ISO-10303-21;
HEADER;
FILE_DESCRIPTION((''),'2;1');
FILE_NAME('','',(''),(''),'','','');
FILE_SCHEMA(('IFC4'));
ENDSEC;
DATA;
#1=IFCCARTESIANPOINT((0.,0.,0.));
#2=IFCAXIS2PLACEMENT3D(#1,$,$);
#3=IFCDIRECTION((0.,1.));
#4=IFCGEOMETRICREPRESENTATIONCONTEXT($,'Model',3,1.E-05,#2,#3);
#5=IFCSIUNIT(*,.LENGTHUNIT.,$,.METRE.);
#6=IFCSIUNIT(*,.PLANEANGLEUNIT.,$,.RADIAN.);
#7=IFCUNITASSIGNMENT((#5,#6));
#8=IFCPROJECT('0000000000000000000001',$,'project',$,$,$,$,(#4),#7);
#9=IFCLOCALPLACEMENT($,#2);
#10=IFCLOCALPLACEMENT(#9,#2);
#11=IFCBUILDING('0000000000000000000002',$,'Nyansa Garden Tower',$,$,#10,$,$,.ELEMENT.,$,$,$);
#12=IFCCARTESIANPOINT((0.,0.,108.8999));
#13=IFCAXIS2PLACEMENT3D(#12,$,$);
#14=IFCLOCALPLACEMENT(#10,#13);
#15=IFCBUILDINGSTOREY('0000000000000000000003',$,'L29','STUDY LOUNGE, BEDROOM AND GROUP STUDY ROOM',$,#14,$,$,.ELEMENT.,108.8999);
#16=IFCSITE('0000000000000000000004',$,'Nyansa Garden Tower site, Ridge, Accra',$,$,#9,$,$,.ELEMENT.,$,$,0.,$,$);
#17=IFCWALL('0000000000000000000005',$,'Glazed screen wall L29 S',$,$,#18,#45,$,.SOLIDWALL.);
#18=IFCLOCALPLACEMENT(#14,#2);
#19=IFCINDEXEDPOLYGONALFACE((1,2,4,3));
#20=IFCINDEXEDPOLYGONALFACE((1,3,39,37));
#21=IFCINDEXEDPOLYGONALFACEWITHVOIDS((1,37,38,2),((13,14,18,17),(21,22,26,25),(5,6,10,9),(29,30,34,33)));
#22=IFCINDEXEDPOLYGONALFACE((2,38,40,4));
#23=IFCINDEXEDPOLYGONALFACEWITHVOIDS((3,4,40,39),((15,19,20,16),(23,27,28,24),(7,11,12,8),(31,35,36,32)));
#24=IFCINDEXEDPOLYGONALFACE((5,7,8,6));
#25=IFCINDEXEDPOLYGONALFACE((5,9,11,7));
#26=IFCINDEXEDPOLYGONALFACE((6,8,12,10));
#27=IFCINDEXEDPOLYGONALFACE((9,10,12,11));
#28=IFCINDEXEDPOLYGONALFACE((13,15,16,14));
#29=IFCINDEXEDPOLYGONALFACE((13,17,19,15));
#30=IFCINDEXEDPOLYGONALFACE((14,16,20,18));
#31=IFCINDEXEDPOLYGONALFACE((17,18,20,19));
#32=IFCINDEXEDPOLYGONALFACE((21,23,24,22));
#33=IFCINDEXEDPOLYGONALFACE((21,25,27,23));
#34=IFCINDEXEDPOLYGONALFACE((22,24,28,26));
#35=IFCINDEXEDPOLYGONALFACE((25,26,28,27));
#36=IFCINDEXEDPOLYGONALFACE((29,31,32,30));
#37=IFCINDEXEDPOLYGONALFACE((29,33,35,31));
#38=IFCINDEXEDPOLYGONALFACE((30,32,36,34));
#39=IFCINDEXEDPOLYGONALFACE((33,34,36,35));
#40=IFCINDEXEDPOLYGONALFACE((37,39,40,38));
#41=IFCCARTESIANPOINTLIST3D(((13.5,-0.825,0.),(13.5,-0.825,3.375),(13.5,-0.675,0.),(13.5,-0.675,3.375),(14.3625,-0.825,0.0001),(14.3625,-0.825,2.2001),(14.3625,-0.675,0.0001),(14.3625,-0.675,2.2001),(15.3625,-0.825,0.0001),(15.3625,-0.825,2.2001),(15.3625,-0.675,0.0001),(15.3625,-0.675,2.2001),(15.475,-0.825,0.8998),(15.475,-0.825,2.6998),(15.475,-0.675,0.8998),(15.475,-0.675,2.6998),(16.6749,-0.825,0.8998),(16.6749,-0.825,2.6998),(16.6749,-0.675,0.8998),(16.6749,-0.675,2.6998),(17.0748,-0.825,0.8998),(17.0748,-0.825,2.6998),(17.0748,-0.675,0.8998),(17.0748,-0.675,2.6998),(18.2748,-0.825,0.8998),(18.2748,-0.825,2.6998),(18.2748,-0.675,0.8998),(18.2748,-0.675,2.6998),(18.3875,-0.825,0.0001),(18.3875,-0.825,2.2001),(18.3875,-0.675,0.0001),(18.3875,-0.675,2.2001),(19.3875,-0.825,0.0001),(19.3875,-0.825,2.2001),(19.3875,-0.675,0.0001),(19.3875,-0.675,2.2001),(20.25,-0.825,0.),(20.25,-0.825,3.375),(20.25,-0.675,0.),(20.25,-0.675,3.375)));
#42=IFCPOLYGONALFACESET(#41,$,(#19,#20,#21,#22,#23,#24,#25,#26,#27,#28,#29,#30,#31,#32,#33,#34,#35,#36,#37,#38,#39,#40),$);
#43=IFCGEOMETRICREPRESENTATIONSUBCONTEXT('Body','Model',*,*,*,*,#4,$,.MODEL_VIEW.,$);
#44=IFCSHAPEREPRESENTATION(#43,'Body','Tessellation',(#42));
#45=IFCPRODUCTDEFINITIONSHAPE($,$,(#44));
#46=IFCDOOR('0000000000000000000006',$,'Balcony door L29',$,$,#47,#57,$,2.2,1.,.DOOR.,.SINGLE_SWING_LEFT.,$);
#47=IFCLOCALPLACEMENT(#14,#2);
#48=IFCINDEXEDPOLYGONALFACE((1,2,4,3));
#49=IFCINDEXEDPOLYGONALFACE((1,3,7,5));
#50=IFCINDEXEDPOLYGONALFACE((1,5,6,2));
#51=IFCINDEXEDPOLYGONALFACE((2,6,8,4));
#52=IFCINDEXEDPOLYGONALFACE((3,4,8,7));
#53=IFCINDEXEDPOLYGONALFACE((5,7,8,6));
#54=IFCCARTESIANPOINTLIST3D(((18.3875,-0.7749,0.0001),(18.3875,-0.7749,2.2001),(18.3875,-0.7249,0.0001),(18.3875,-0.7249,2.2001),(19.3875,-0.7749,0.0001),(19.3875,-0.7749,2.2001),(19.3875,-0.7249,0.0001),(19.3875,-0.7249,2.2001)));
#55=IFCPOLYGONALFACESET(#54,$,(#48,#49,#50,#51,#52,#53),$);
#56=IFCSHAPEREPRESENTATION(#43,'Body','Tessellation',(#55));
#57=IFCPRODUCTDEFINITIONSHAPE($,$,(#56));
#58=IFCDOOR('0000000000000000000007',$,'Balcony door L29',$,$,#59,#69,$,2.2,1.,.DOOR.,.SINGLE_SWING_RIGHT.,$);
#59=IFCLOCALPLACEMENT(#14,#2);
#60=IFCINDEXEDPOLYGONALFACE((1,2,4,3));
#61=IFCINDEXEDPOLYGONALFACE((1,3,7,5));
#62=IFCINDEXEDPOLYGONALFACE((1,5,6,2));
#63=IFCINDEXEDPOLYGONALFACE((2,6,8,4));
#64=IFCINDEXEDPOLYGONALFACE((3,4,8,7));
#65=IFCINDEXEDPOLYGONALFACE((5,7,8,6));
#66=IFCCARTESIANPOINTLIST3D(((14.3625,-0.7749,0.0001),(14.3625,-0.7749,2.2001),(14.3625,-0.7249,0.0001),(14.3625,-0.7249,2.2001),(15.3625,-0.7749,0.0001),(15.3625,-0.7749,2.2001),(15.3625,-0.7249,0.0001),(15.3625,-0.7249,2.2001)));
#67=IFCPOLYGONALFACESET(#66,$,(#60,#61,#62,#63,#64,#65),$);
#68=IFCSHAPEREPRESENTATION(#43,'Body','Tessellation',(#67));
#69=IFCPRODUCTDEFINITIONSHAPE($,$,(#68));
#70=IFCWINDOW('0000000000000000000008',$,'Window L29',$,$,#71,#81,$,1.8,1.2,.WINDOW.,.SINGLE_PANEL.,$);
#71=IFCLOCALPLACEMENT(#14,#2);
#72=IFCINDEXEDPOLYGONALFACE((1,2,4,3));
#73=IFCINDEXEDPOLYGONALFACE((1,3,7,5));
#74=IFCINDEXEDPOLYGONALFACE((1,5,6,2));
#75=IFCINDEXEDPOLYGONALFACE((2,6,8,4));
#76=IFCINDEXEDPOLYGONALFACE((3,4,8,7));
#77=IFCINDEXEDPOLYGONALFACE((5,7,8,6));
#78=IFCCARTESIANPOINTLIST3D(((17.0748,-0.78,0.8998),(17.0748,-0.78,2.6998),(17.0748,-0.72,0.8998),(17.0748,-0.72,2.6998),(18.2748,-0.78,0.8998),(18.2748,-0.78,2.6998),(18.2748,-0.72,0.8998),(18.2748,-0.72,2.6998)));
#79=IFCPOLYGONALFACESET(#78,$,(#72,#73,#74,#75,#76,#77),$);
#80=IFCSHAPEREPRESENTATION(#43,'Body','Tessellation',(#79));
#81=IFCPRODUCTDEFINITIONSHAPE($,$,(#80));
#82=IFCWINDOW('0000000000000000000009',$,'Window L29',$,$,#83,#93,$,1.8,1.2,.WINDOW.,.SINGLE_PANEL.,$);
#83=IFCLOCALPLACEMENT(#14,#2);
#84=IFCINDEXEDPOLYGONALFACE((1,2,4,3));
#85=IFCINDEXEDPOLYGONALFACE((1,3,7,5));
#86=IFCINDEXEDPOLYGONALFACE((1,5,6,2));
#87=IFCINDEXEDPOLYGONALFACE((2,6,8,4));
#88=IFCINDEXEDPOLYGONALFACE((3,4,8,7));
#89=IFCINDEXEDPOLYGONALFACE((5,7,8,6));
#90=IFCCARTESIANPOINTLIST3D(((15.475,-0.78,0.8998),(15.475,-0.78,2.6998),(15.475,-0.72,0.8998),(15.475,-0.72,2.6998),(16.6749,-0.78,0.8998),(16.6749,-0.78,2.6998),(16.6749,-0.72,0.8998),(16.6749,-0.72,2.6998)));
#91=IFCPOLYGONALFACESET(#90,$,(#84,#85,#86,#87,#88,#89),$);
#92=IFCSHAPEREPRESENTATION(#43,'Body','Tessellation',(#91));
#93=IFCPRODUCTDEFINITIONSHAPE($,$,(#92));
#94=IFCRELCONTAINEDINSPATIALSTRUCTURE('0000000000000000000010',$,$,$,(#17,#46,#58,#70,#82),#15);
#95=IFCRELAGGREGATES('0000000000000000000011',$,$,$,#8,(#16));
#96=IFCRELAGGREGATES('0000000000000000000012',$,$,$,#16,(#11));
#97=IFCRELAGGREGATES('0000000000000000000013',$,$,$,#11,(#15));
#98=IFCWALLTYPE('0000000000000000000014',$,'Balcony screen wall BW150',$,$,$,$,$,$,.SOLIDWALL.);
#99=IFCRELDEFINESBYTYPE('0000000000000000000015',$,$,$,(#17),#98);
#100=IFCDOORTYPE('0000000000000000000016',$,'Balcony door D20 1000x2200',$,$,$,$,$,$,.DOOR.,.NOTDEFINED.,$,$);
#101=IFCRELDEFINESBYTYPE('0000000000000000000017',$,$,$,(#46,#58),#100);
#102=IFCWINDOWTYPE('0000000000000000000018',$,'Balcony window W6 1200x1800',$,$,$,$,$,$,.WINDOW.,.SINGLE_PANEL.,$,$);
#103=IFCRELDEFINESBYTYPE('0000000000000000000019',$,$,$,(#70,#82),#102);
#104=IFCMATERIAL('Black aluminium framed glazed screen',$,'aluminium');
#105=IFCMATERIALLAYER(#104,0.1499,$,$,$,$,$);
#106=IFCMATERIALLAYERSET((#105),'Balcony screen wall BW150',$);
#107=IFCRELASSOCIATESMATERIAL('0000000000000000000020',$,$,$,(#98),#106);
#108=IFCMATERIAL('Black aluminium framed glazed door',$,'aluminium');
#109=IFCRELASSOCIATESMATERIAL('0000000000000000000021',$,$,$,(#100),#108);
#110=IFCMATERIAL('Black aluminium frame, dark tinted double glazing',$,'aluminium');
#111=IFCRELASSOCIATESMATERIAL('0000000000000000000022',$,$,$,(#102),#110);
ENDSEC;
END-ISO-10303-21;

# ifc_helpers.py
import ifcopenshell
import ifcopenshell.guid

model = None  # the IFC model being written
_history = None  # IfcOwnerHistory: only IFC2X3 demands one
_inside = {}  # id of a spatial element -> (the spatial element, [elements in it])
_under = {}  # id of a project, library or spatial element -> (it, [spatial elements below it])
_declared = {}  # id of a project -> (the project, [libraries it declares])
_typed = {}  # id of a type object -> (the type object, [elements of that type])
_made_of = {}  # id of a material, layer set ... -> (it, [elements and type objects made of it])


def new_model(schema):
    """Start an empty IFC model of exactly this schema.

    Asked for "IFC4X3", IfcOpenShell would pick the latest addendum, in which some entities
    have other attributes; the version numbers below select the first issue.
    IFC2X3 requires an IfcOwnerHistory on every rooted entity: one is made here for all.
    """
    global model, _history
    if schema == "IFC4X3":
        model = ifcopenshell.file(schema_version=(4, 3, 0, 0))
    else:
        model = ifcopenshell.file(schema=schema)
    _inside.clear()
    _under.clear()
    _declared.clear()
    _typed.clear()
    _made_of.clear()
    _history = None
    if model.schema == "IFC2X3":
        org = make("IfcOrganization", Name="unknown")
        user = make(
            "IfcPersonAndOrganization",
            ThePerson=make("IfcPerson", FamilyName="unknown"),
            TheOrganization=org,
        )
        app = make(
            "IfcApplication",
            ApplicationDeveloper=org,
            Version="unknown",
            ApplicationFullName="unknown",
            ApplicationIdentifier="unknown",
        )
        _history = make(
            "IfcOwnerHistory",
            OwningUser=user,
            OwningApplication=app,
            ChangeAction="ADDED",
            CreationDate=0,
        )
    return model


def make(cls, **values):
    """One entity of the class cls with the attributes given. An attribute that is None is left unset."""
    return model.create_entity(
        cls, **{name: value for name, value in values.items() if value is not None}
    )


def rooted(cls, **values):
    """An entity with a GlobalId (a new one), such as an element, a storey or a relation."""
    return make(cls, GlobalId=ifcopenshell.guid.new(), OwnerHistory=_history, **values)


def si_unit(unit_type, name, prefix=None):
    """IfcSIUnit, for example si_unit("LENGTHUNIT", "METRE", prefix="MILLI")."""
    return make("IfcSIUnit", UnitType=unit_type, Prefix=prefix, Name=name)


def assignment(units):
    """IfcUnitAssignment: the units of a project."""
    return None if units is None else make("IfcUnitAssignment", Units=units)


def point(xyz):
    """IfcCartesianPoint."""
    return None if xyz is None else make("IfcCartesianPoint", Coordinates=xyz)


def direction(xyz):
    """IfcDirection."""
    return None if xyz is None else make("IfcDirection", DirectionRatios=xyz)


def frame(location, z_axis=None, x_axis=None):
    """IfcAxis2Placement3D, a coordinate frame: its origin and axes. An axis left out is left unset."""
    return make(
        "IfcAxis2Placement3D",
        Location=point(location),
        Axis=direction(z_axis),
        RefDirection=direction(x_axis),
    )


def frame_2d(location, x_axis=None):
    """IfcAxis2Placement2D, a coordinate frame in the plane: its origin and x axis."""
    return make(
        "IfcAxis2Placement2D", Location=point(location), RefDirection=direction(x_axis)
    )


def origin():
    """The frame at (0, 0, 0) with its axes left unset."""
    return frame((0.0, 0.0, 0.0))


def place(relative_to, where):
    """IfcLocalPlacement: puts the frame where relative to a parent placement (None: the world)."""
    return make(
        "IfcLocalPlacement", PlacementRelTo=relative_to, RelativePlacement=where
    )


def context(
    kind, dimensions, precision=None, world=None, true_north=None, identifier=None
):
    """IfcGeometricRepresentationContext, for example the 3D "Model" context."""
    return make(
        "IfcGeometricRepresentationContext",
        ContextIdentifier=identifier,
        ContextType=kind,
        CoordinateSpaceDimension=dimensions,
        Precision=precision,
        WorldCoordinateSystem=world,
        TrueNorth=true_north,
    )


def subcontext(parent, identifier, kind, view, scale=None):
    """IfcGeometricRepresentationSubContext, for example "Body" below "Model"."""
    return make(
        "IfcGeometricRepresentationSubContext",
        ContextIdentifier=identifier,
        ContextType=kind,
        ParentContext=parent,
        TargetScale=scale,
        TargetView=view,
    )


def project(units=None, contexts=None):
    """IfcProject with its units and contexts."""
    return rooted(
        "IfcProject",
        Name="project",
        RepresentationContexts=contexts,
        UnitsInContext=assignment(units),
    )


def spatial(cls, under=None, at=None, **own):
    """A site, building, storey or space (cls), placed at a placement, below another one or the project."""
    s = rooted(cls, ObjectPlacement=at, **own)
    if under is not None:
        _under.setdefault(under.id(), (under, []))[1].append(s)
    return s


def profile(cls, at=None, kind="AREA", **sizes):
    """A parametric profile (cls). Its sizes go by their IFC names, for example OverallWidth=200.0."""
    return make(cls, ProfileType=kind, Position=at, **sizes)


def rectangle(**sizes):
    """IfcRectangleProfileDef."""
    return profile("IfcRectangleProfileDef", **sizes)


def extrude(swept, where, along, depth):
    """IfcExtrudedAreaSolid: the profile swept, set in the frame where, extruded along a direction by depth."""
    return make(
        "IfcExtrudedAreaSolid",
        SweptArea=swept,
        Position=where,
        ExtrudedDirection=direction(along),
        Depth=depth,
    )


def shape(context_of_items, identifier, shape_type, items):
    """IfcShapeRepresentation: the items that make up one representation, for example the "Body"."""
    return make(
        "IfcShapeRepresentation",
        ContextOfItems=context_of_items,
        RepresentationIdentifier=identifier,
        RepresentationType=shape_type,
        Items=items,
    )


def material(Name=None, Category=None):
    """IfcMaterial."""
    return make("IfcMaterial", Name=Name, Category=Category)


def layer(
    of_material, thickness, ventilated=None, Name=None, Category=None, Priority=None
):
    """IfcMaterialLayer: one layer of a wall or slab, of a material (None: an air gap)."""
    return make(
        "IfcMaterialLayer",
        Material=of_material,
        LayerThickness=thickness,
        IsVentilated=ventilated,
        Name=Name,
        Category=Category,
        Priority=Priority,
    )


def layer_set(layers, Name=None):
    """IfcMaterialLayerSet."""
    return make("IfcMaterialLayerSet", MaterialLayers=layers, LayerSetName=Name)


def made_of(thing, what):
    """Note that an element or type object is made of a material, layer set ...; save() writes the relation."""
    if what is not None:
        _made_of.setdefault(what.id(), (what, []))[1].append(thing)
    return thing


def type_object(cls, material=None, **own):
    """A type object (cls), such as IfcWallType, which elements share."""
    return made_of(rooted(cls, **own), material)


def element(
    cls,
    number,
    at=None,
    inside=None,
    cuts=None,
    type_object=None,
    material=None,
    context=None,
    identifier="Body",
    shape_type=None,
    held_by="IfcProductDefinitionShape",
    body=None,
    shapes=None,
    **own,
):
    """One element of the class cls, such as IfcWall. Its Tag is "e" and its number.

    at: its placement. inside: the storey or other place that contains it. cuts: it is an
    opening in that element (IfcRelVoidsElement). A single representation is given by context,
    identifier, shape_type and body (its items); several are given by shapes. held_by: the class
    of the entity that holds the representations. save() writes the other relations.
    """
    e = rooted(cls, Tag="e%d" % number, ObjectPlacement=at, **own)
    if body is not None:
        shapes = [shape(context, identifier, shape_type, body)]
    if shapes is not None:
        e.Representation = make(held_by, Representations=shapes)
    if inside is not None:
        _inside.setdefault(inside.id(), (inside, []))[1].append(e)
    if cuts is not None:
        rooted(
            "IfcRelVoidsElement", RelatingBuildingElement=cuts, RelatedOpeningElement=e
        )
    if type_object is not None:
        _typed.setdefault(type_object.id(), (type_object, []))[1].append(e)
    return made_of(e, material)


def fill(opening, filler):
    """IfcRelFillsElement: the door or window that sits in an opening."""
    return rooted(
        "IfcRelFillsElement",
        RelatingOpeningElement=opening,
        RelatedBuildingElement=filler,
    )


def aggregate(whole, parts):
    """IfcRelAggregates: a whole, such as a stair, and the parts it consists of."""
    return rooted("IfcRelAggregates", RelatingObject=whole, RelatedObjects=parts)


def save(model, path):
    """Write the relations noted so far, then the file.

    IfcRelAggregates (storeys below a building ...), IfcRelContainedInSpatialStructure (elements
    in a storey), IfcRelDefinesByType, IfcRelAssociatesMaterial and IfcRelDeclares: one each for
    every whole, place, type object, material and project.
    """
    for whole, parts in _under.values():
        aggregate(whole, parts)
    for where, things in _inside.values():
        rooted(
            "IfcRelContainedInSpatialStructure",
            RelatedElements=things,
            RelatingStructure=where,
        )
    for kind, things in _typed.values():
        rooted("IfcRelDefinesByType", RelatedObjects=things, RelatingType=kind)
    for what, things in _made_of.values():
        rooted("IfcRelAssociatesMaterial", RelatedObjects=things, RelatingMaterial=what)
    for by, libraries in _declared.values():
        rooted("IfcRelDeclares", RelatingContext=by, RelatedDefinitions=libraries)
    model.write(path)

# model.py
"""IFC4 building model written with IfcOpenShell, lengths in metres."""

from ifc_helpers import new_model, si_unit, direction, frame, frame_2d, origin, place, context, subcontext, project, spatial, rectangle, extrude, material, layer, layer_set, type_object, element, fill, save


model = new_model("IFC4")

# Units and contexts
model_context = context("Model", 3, precision=1e-05, world=origin(), true_north=direction((0.0, 1.0)))
body_context = subcontext(model_context, "Body", "Model", "MODEL_VIEW")
ifc_project = project(units=[si_unit("LENGTHUNIT", "METRE"), si_unit("PLANEANGLEUNIT", "RADIAN")], contexts=[model_context])

# Site, building, storey
site_placement = place(None, origin())
site = spatial("IfcSite", under=ifc_project, at=site_placement, Name="Nyansa Garden Tower site, Ridge, Accra", CompositionType="ELEMENT", RefElevation=0.0)
building_placement = place(site_placement, origin())
building = spatial("IfcBuilding", under=site, at=building_placement, Name="Nyansa Garden Tower", CompositionType="ELEMENT")
storey_placement = place(building_placement, frame((0.0, 0.0, 108.8999)))
storey = spatial("IfcBuildingStorey", under=building, at=storey_placement, Name="L29", Description="STUDY LOUNGE, BEDROOM AND GROUP STUDY ROOM", CompositionType="ELEMENT", Elevation=108.8999)

# Wall, openings, doors, windows
ifc_material_1 = material(Name="Black aluminium framed glazed screen", Category="aluminium")
ifc_layer_1 = layer(ifc_material_1, 0.1499)
ifc_layer_set_1 = layer_set([ifc_layer_1], Name="Balcony screen wall BW150")
wall_type_1 = type_object("IfcWallType", Name="Balcony screen wall BW150", PredefinedType="SOLIDWALL", material=ifc_layer_set_1)
wall_1_placement = place(storey_placement, frame((20.25, -0.75, 0.0), z_axis=(0.0, 0.0, 1.0), x_axis=(-1.0, 0.0, 0.0)))
wall_1 = element("IfcWall", 1, at=wall_1_placement, inside=storey, type_object=wall_type_1, Name="Glazed screen wall L29 S", PredefinedType="SOLIDWALL", context=body_context, shape_type="SweptSolid", body=[
    extrude(rectangle(XDim=6.75, YDim=0.1499, at=frame_2d((3.375, 0.0))), origin(), (0.0, 0.0, 1.0), 3.375),
])
opening_1_placement = place(wall_1_placement, frame((0.8625, 0.0, 0.0)))
opening_1 = element("IfcOpeningElement", 2, at=opening_1_placement, cuts=wall_1, PredefinedType="OPENING", context=body_context, shape_type="SweptSolid", body=[
    extrude(rectangle(XDim=1.0, YDim=2.2, at=frame_2d((0.5, 1.1001))), frame((0.0, 0.085, 0.0), z_axis=(0.0, -1.0, 0.0), x_axis=(1.0, 0.0, 0.0)), (0.0, 0.0, 1.0), 0.1699),
])
opening_2_placement = place(wall_1_placement, frame((1.9751, 0.0, 0.8999)))
opening_2 = element("IfcOpeningElement", 3, at=opening_2_placement, cuts=wall_1, PredefinedType="OPENING", context=body_context, shape_type="SweptSolid", body=[
    extrude(rectangle(XDim=1.2, YDim=1.8, at=frame_2d((0.6001, 0.8999))), frame((0.0, 0.085, 0.0), z_axis=(0.0, -1.0, 0.0), x_axis=(1.0, 0.0, 0.0)), (0.0, 0.0, 1.0), 0.1699),
])
opening_3_placement = place(wall_1_placement, frame((4.8875, 0.0, 0.0)))
opening_3 = element("IfcOpeningElement", 4, at=opening_3_placement, cuts=wall_1, PredefinedType="OPENING", context=body_context, shape_type="SweptSolid", body=[
    extrude(rectangle(XDim=1.0, YDim=2.2, at=frame_2d((0.5, 1.1001))), frame((0.0, 0.085, 0.0), z_axis=(0.0, -1.0, 0.0), x_axis=(1.0, 0.0, 0.0)), (0.0, 0.0, 1.0), 0.1699),
])
opening_4_placement = place(wall_1_placement, frame((3.575, 0.0, 0.8999)))
opening_4 = element("IfcOpeningElement", 5, at=opening_4_placement, cuts=wall_1, PredefinedType="OPENING", context=body_context, shape_type="SweptSolid", body=[
    extrude(rectangle(XDim=1.2, YDim=1.8, at=frame_2d((0.6001, 0.8999))), frame((0.0, 0.085, 0.0), z_axis=(0.0, -1.0, 0.0), x_axis=(1.0, 0.0, 0.0)), (0.0, 0.0, 1.0), 0.1699),
])
ifc_material_2 = material(Name="Black aluminium framed glazed door", Category="aluminium")
door_type_1 = type_object("IfcDoorType", Name="Balcony door D20 1000x2200", OperationType="NOTDEFINED", PredefinedType="DOOR", material=ifc_material_2)
door_1_placement = place(opening_1_placement, origin())
door_1 = element("IfcDoor", 6, at=door_1_placement, inside=storey, type_object=door_type_1, Name="Balcony door L29", OperationType="SINGLE_SWING_LEFT", OverallHeight=2.2, OverallWidth=1.0, PredefinedType="DOOR", context=body_context, shape_type="SweptSolid", body=[
    extrude(rectangle(XDim=1.0, YDim=2.2, at=frame_2d((0.5, 1.1001))), frame((0.0, 0.0249, 0.0), z_axis=(0.0, -1.0, 0.0), x_axis=(1.0, 0.0, 0.0)), (0.0, 0.0, 1.0), 0.05),
])
fill(opening_1, door_1)
door_2_placement = place(opening_3_placement, origin())
door_2 = element("IfcDoor", 7, at=door_2_placement, inside=storey, type_object=door_type_1, Name="Balcony door L29", OperationType="SINGLE_SWING_RIGHT", OverallHeight=2.2, OverallWidth=1.0, PredefinedType="DOOR", context=body_context, shape_type="SweptSolid", body=[
    extrude(rectangle(XDim=1.0, YDim=2.2, at=frame_2d((0.5, 1.1001))), frame((0.0, 0.0249, 0.0), z_axis=(0.0, -1.0, 0.0), x_axis=(1.0, 0.0, 0.0)), (0.0, 0.0, 1.0), 0.05),
])
fill(opening_3, door_2)
ifc_material_3 = material(Name="Black aluminium frame, dark tinted double glazing", Category="aluminium")
window_type = type_object("IfcWindowType", Name="Balcony window W6 1200x1800", PartitioningType="SINGLE_PANEL", PredefinedType="WINDOW", material=ifc_material_3)
window_1_placement = place(opening_2_placement, origin())
window_1 = element("IfcWindow", 8, at=window_1_placement, inside=storey, type_object=window_type, Name="Window L29", OverallHeight=1.8, OverallWidth=1.2, PartitioningType="SINGLE_PANEL", PredefinedType="WINDOW", context=body_context, shape_type="SweptSolid", body=[
    extrude(rectangle(XDim=1.2, YDim=1.8, at=frame_2d((0.6001, 0.8999))), frame((0.0, 0.03, 0.0), z_axis=(0.0, -1.0, 0.0), x_axis=(1.0, 0.0, 0.0)), (0.0, 0.0, 1.0), 0.0601),
])
fill(opening_2, window_1)
window_2_placement = place(opening_4_placement, origin())
window_2 = element("IfcWindow", 9, at=window_2_placement, inside=storey, type_object=window_type, Name="Window L29", OverallHeight=1.8, OverallWidth=1.2, PartitioningType="SINGLE_PANEL", PredefinedType="WINDOW", context=body_context, shape_type="SweptSolid", body=[
    extrude(rectangle(XDim=1.2, YDim=1.8, at=frame_2d((0.6001, 0.8999))), frame((0.0, 0.03, 0.0), z_axis=(0.0, -1.0, 0.0), x_axis=(1.0, 0.0, 0.0)), (0.0, 0.0, 1.0), 0.0601),
])
fill(opening_4, window_2)

save(model, "model.ifc")
